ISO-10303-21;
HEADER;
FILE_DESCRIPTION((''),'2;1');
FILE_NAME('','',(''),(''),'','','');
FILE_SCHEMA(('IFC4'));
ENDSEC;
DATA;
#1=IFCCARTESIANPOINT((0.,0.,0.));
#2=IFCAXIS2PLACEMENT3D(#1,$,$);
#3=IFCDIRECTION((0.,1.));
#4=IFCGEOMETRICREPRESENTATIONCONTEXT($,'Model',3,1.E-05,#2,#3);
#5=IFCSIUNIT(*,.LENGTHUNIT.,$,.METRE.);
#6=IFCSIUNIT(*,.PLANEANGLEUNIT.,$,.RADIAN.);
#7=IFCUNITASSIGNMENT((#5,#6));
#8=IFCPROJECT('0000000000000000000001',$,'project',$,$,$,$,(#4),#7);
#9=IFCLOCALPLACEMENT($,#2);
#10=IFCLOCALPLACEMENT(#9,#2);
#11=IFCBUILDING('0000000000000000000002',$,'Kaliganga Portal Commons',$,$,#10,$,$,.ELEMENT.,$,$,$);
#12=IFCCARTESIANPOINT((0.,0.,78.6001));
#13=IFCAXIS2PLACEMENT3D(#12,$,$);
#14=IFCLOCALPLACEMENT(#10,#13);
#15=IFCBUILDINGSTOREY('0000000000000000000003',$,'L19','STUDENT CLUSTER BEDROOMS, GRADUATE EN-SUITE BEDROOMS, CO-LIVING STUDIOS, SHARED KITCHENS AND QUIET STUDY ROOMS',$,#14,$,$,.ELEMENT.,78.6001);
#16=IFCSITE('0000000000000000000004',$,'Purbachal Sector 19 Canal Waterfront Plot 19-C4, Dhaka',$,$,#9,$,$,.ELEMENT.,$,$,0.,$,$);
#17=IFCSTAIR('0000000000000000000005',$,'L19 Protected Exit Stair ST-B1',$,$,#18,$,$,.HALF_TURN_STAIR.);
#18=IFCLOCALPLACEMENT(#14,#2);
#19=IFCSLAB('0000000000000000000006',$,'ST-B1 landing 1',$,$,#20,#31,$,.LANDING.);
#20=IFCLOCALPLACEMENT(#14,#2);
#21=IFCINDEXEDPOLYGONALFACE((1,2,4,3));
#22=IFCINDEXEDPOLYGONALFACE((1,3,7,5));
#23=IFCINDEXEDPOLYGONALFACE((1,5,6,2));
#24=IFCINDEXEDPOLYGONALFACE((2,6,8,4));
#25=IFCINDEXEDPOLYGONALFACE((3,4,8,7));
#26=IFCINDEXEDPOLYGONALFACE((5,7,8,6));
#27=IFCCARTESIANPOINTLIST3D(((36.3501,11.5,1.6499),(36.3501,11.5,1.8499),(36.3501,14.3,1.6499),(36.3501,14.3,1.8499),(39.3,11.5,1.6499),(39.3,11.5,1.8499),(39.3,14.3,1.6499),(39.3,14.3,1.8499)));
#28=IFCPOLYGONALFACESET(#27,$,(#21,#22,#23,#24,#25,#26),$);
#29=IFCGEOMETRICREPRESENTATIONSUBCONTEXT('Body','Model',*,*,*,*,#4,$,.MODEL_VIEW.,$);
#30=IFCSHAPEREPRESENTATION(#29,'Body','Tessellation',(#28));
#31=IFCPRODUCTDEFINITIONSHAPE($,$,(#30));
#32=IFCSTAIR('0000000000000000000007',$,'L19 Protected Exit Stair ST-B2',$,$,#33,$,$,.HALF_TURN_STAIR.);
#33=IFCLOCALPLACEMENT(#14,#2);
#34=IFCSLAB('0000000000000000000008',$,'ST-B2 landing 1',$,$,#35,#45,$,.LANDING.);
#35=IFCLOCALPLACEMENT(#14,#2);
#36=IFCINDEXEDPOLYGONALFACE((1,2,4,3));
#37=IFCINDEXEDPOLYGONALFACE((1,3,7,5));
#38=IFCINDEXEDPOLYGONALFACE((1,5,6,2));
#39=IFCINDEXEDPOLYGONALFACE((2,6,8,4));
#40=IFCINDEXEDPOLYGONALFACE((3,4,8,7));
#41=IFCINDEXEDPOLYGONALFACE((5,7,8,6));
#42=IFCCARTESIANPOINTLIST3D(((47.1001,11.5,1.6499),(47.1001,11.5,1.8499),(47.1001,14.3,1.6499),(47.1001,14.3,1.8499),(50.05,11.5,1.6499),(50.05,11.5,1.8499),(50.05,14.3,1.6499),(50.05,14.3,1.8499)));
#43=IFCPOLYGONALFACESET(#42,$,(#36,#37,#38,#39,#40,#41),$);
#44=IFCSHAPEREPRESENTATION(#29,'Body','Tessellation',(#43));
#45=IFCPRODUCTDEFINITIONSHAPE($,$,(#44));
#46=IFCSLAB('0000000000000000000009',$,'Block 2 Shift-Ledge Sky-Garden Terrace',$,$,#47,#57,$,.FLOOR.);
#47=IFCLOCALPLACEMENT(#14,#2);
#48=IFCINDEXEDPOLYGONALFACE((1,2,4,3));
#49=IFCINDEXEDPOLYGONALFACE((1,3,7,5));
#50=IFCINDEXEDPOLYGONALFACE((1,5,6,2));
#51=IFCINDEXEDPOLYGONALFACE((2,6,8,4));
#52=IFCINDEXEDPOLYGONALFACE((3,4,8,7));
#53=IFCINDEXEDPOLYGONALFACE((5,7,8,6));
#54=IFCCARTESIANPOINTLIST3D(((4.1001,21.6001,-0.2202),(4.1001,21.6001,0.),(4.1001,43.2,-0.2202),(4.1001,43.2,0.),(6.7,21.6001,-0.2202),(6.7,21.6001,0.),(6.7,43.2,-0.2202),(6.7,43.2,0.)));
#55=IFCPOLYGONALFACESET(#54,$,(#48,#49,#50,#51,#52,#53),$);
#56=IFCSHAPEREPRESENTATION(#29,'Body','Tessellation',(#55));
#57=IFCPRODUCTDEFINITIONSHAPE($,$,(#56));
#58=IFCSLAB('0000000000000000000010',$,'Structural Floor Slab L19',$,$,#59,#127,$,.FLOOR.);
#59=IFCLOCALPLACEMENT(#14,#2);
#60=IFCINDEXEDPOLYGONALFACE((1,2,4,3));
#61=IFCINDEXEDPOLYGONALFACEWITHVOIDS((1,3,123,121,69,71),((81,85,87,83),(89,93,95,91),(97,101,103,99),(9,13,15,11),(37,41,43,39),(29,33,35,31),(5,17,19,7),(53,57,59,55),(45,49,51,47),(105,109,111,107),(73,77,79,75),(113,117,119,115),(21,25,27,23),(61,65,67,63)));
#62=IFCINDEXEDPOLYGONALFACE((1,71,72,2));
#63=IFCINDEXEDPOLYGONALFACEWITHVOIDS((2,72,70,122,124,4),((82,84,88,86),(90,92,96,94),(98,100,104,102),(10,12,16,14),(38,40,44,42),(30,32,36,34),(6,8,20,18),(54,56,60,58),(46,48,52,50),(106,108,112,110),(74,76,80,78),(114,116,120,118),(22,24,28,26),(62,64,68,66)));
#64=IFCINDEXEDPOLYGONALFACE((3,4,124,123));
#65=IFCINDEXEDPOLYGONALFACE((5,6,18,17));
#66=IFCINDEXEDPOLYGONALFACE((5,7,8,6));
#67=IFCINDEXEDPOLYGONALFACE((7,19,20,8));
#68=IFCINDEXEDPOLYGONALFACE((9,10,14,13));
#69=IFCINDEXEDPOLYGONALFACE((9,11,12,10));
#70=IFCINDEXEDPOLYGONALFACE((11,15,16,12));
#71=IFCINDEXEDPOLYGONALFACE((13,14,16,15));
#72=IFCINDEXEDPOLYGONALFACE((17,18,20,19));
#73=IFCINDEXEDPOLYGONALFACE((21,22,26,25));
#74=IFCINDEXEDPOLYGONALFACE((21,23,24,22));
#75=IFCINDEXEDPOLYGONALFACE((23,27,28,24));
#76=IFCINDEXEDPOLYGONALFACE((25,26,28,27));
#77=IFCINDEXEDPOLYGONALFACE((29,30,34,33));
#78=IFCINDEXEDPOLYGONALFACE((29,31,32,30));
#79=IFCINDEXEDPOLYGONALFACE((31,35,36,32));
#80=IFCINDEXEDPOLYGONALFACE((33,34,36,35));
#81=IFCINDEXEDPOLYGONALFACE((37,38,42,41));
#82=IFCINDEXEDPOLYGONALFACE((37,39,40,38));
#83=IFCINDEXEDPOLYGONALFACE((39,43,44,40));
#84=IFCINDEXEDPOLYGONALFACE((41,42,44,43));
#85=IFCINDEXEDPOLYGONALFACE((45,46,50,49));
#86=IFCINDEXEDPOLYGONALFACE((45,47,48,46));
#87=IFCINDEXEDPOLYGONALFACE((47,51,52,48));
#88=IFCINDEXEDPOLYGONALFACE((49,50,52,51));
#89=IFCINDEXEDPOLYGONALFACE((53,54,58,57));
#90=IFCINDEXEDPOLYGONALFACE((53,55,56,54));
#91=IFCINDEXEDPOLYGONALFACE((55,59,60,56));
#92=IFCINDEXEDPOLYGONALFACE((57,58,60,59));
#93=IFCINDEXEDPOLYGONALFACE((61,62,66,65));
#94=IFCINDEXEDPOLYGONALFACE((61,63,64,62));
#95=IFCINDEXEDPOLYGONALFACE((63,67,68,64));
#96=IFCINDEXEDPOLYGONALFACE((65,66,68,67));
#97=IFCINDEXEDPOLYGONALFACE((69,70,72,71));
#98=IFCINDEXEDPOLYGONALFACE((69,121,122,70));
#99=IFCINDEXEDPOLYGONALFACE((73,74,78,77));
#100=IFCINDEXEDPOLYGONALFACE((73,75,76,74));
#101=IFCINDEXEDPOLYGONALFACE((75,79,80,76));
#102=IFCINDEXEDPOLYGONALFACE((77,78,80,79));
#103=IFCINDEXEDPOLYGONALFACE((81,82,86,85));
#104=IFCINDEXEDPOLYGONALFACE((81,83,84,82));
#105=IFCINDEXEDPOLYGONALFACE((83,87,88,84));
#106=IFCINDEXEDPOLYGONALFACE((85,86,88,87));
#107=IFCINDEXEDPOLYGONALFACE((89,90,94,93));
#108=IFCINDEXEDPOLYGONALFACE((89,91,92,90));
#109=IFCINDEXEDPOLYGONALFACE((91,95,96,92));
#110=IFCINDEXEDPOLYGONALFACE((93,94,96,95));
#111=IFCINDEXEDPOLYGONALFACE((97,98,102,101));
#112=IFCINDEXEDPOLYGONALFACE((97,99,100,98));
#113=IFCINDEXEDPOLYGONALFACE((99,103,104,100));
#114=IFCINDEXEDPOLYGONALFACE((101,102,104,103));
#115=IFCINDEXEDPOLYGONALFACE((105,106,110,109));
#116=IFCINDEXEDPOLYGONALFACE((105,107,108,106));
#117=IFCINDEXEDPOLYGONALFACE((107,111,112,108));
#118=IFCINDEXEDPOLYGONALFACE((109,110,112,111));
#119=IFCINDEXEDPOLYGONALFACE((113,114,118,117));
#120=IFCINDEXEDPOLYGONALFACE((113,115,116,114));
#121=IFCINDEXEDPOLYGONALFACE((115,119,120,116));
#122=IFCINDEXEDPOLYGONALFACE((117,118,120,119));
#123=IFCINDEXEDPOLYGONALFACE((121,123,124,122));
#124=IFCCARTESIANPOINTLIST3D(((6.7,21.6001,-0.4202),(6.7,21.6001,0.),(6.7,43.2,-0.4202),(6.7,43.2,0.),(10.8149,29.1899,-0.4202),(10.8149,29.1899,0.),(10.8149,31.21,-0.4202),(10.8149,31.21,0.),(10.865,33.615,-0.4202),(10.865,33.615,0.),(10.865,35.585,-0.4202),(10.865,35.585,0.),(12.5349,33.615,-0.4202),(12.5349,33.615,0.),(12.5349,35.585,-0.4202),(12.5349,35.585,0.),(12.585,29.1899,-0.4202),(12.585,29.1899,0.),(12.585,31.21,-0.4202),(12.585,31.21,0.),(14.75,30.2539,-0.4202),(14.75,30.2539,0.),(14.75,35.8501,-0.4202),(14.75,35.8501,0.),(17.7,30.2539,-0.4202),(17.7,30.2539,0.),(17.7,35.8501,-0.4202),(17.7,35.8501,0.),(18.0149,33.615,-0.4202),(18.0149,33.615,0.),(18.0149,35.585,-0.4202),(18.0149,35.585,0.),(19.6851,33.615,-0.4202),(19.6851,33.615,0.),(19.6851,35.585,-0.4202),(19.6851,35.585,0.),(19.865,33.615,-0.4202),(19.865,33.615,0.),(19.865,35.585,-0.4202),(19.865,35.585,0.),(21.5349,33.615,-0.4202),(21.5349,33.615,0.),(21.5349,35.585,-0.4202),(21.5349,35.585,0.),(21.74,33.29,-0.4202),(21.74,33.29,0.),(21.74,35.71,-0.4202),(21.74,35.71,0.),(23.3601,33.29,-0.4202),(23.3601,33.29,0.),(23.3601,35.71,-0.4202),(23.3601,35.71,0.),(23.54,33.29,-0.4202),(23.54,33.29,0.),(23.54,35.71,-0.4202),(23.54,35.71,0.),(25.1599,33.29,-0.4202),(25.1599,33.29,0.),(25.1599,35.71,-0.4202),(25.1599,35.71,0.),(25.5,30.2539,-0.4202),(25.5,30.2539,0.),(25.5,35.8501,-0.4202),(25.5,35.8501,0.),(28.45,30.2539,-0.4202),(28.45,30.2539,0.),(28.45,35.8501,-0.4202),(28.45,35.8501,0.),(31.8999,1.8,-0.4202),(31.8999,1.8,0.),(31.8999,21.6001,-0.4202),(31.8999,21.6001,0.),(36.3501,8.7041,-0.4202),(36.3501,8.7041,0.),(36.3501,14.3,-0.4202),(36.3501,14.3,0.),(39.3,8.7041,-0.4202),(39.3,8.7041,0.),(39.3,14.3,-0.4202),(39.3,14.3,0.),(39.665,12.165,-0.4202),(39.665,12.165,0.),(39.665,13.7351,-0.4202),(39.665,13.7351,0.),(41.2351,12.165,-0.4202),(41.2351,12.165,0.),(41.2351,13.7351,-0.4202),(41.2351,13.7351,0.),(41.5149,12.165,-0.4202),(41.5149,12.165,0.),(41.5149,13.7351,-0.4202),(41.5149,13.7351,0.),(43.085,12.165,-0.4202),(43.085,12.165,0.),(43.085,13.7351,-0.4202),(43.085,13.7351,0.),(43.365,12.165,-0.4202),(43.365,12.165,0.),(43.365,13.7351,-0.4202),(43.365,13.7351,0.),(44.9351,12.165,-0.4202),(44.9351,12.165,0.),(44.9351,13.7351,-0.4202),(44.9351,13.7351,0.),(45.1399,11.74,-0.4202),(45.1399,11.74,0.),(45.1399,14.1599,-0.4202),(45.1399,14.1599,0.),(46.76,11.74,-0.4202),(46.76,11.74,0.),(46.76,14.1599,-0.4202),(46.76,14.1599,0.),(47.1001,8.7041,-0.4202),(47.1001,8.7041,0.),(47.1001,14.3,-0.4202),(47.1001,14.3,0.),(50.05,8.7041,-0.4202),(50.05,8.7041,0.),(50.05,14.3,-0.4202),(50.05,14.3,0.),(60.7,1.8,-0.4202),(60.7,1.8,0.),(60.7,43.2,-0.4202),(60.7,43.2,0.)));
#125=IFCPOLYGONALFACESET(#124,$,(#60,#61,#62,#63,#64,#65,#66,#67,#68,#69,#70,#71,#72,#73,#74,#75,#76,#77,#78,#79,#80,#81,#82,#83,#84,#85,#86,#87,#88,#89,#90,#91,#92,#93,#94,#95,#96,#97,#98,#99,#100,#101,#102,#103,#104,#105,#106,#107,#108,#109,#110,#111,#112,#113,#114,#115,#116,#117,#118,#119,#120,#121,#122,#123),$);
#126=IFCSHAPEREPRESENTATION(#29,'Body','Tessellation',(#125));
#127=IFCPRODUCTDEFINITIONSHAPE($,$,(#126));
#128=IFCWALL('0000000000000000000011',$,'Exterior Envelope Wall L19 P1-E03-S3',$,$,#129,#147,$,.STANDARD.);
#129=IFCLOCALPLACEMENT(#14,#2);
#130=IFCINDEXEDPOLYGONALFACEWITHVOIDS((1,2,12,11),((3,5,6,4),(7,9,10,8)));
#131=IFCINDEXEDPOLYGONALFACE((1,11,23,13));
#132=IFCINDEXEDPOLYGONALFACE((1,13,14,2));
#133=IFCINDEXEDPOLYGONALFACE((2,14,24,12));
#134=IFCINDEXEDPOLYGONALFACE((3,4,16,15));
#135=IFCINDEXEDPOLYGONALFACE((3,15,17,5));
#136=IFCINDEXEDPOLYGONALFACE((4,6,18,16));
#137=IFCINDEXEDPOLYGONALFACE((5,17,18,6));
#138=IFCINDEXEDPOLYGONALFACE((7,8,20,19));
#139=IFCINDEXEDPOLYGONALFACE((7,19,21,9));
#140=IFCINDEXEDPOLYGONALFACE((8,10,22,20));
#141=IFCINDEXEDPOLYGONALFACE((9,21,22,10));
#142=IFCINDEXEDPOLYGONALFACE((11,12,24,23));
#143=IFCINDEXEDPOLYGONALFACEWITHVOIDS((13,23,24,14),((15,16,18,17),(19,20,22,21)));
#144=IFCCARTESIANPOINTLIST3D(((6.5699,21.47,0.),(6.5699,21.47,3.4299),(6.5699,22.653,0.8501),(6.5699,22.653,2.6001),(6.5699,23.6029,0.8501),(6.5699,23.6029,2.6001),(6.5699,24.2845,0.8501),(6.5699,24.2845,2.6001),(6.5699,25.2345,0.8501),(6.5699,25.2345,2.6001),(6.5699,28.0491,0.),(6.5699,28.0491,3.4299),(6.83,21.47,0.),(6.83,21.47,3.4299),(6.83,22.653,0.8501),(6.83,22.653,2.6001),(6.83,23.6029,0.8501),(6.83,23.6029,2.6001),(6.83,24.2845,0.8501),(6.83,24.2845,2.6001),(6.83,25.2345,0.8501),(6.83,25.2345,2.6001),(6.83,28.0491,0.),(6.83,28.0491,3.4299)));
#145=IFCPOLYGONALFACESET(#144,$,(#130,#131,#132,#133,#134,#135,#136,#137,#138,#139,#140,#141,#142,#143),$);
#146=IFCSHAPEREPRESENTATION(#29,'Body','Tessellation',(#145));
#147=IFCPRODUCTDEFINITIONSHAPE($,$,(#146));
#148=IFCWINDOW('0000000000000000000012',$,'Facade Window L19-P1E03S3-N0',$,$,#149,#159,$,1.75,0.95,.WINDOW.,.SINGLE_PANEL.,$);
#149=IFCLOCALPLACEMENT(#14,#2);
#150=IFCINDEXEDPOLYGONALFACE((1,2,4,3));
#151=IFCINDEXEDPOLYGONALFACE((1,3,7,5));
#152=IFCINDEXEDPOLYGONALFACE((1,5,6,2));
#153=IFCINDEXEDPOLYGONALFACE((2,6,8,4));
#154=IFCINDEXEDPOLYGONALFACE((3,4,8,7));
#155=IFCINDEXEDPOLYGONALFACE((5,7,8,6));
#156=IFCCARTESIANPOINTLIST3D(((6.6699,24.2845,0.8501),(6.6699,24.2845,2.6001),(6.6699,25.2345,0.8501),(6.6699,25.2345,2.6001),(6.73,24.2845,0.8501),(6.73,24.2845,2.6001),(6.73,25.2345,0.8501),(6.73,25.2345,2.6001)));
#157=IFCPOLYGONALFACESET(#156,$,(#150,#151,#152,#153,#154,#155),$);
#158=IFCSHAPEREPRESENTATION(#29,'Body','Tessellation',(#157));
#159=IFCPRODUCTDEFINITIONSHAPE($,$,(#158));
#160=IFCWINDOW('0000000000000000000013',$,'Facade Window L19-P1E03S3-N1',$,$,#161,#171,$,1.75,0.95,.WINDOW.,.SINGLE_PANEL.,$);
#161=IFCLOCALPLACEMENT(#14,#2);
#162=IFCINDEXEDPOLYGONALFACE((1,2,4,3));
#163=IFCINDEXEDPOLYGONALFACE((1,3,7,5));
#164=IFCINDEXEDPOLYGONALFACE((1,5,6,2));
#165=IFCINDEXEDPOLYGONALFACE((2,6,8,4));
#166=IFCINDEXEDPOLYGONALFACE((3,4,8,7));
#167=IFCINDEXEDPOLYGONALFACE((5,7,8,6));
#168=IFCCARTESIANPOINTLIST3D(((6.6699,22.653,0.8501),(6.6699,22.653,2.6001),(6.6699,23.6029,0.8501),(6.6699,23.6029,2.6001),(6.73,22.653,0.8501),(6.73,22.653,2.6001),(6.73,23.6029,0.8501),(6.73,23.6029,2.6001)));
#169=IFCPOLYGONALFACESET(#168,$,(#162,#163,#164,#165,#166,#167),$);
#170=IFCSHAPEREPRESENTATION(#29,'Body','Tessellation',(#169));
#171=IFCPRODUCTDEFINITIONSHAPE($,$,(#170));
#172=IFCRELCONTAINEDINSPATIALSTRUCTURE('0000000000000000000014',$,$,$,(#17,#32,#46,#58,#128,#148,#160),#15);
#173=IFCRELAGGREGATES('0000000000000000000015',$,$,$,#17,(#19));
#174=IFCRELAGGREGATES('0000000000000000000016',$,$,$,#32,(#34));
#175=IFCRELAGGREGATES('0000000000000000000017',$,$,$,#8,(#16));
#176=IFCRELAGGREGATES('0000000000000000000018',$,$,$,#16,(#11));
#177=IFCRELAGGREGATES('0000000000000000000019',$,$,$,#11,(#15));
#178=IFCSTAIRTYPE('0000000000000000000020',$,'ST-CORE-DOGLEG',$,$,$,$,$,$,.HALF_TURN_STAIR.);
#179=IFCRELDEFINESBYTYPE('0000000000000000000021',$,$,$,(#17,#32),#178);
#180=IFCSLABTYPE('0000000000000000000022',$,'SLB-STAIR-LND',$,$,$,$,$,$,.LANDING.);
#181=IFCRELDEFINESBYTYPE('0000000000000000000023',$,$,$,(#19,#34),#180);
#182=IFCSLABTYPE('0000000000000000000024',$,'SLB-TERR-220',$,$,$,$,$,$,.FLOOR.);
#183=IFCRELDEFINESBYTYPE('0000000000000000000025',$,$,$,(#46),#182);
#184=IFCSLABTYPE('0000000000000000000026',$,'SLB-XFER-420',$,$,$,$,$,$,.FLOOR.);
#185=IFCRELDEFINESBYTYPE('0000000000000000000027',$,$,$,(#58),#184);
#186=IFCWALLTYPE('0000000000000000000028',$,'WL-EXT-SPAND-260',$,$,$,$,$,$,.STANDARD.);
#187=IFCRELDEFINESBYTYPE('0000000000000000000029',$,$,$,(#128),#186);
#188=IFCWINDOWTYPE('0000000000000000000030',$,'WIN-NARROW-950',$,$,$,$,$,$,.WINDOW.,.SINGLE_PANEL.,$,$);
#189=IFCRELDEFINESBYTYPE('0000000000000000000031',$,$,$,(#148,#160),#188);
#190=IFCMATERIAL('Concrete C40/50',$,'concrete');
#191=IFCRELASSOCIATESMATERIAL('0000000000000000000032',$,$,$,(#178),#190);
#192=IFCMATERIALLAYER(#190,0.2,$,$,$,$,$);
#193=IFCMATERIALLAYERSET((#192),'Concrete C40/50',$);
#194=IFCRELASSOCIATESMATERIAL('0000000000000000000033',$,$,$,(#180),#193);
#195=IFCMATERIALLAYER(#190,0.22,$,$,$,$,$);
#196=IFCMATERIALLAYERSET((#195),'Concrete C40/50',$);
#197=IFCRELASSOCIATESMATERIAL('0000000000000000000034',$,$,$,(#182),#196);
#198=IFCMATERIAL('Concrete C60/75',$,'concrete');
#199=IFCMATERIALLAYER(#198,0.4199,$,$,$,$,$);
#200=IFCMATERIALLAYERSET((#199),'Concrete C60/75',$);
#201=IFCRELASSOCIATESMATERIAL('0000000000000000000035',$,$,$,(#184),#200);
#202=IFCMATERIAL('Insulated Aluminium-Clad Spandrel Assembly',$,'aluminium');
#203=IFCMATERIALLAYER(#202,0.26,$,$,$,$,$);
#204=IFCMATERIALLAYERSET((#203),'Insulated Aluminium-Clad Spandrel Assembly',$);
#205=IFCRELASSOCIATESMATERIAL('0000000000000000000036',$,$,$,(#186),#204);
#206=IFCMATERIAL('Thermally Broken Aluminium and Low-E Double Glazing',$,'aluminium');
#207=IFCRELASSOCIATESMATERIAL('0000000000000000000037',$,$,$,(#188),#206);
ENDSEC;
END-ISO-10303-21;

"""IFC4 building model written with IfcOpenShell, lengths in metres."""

from ifc_helpers import new_model, si_unit, direction, frame, frame_2d, origin, place, context, subcontext, project, spatial, polyline, rectangle, outline, extrude, material, layer, layer_set, type_object, element, fill, aggregate, save


model = new_model("IFC4")

# Units and contexts
model_context = context("Model", 3, precision=1e-05, world=origin(), true_north=direction((0.0, 1.0)))
body_context = subcontext(model_context, "Body", "Model", "MODEL_VIEW")
ifc_project = project(units=[si_unit("LENGTHUNIT", "METRE"), si_unit("PLANEANGLEUNIT", "RADIAN")], contexts=[model_context])

# Site, building, storey
site_placement = place(None, origin())
site = spatial("IfcSite", under=ifc_project, at=site_placement, Name="Purbachal Sector 19 Canal Waterfront Plot 19-C4, Dhaka", CompositionType="ELEMENT", RefElevation=0.0)
building_placement = place(site_placement, origin())
building = spatial("IfcBuilding", under=site, at=building_placement, Name="Kaliganga Portal Commons", CompositionType="ELEMENT")
storey_placement = place(building_placement, frame((0.0, 0.0, 78.6001)))
storey = spatial("IfcBuildingStorey", under=building, at=storey_placement, Name="L19", Description="STUDENT CLUSTER BEDROOMS, GRADUATE EN-SUITE BEDROOMS, CO-LIVING STUDIOS, SHARED KITCHENS AND QUIET STUDY ROOMS", CompositionType="ELEMENT", Elevation=78.6001)

# Shared definitions
ifc_material_1 = material(Name="Concrete C60/75", Category="concrete")

# Shared definitions
ifc_material_2 = material(Name="Concrete C40/50", Category="concrete")

# Stairs, slabs
stair_type = type_object("IfcStairType", Name="ST-CORE-DOGLEG", PredefinedType="HALF_TURN_STAIR", material=ifc_material_2)
ifc_layer_1 = layer(ifc_material_2, 0.2)
ifc_layer_set_1 = layer_set([ifc_layer_1], Name="Concrete C40/50")
slab_type_1 = type_object("IfcSlabType", Name="SLB-STAIR-LND", PredefinedType="LANDING", material=ifc_layer_set_1)
stair_1_placement = place(storey_placement, origin())
stair_1 = element("IfcStair", 1, at=stair_1_placement, inside=storey, type_object=stair_type, Name="L19 Protected Exit Stair ST-B1", PredefinedType="HALF_TURN_STAIR")
slab_1_placement = place(storey_placement, frame((0.0, 0.0, 1.6499)))
slab_1 = element("IfcSlab", 2, at=slab_1_placement, type_object=slab_type_1, Name="ST-B1 landing 1", PredefinedType="LANDING", context=body_context, shape_type="SweptSolid", body=[
    extrude(outline(polyline([(39.3, 11.5), (39.3, 14.3), (36.3501, 14.3), (36.3501, 11.5), (39.3, 11.5)])), origin(), (0.0, 0.0, 1.0), 0.2),
])
aggregate(stair_1, [slab_1])
stair_2_placement = place(storey_placement, origin())
stair_2 = element("IfcStair", 3, at=stair_2_placement, inside=storey, type_object=stair_type, Name="L19 Protected Exit Stair ST-B2", PredefinedType="HALF_TURN_STAIR")
slab_2_placement = place(storey_placement, frame((0.0, 0.0, 1.6499)))
slab_2 = element("IfcSlab", 4, at=slab_2_placement, type_object=slab_type_1, Name="ST-B2 landing 1", PredefinedType="LANDING", context=body_context, shape_type="SweptSolid", body=[
    extrude(outline(polyline([(50.05, 11.5), (50.05, 14.3), (47.1001, 14.3), (47.1001, 11.5), (50.05, 11.5)])), origin(), (0.0, 0.0, 1.0), 0.2),
])
aggregate(stair_2, [slab_2])

# Slabs
ifc_layer_2 = layer(ifc_material_2, 0.22)
ifc_layer_set_2 = layer_set([ifc_layer_2], Name="Concrete C40/50")
slab_type_2 = type_object("IfcSlabType", Name="SLB-TERR-220", PredefinedType="FLOOR", material=ifc_layer_set_2)
slab_3_placement = place(storey_placement, frame((0.0, 0.0, -0.2202)))
element("IfcSlab", 5, at=slab_3_placement, inside=storey, type_object=slab_type_2, Name="Block 2 Shift-Ledge Sky-Garden Terrace", PredefinedType="FLOOR", context=body_context, shape_type="SweptSolid", body=[
    extrude(outline(polyline([(4.1001, 21.6001), (6.7, 21.6001), (6.7, 43.2), (4.1001, 43.2), (4.1001, 21.6001)])), origin(), (0.0, 0.0, 1.0), 0.2202),
])
ifc_layer_3 = layer(ifc_material_1, 0.4199)
ifc_layer_set_3 = layer_set([ifc_layer_3], Name="Concrete C60/75")
slab_type_3 = type_object("IfcSlabType", Name="SLB-XFER-420", PredefinedType="FLOOR", material=ifc_layer_set_3)
slab_4_placement = place(storey_placement, frame((0.0, 0.0, -0.4202)))
element("IfcSlab", 6, at=slab_4_placement, inside=storey, type_object=slab_type_3, Name="Structural Floor Slab L19", PredefinedType="FLOOR", context=body_context, shape_type="SweptSolid", body=[
    extrude(outline(polyline([(31.8999, 1.8), (60.7, 1.8), (60.7, 43.2), (6.7, 43.2), (6.7, 21.6001), (31.8999, 21.6001), (31.8999, 1.8)]), holes=[polyline([(14.75, 30.2539), (14.75, 35.8501), (17.7, 35.8501), (17.7, 30.2539), (14.75, 30.2539)]), polyline([(25.5, 30.2539), (25.5, 35.8501), (28.45, 35.8501), (28.45, 30.2539), (25.5, 30.2539)]), polyline([(36.3501, 8.7041), (36.3501, 14.3), (39.3, 14.3), (39.3, 8.7041), (36.3501, 8.7041)]), polyline([(47.1001, 8.7041), (47.1001, 14.3), (50.05, 14.3), (50.05, 8.7041), (47.1001, 8.7041)]), polyline([(18.0149, 33.615), (18.0149, 35.585), (19.6851, 35.585), (19.6851, 33.615), (18.0149, 33.615)]), polyline([(19.865, 33.615), (19.865, 35.585), (21.5349, 35.585), (21.5349, 33.615), (19.865, 33.615)]), polyline([(10.8149, 29.1899), (10.8149, 31.21), (12.585, 31.21), (12.585, 29.1899), (10.8149, 29.1899)]), polyline([(10.865, 33.615), (10.865, 35.585), (12.5349, 35.585), (12.5349, 33.615), (10.865, 33.615)]), polyline([(21.74, 33.29), (21.74, 35.71), (23.3601, 35.71), (23.3601, 33.29), (21.74, 33.29)]), polyline([(23.54, 33.29), (23.54, 35.71), (25.1599, 35.71), (25.1599, 33.29), (23.54, 33.29)]), polyline([(39.665, 12.165), (39.665, 13.7351), (41.2351, 13.7351), (41.2351, 12.165), (39.665, 12.165)]), polyline([(41.5149, 12.165), (41.5149, 13.7351), (43.085, 13.7351), (43.085, 12.165), (41.5149, 12.165)]), polyline([(43.365, 12.165), (43.365, 13.7351), (44.9351, 13.7351), (44.9351, 12.165), (43.365, 12.165)]), polyline([(45.1399, 11.74), (45.1399, 14.1599), (46.76, 14.1599), (46.76, 11.74), (45.1399, 11.74)])]), origin(), (0.0, 0.0, 1.0), 0.4202),
])

# Wall, openings, windows
ifc_material_3 = material(Name="Insulated Aluminium-Clad Spandrel Assembly", Category="aluminium")
ifc_layer_4 = layer(ifc_material_3, 0.26)
ifc_layer_set_4 = layer_set([ifc_layer_4], Name="Insulated Aluminium-Clad Spandrel Assembly")
wall_type = type_object("IfcWallType", Name="WL-EXT-SPAND-260", PredefinedType="STANDARD", material=ifc_layer_set_4)
wall_1_placement = place(storey_placement, frame((6.7, 21.47, 0.0), z_axis=(0.0, 0.0, 1.0), x_axis=(0.0, 1.0, 0.0)))
wall_1 = element("IfcWall", 7, at=wall_1_placement, inside=storey, type_object=wall_type, Name="Exterior Envelope Wall L19 P1-E03-S3", PredefinedType="STANDARD", context=body_context, shape_type="SweptSolid", body=[
    extrude(rectangle(XDim=6.5791, YDim=0.26, at=frame_2d((3.2896, 0.0))), origin(), (0.0, 0.0, 1.0), 3.4299),
])
opening_1_placement = place(wall_1_placement, frame((2.8145, 0.0, 0.8501)))
opening_1 = element("IfcOpeningElement", 8, at=opening_1_placement, cuts=wall_1, PredefinedType="OPENING", context=body_context, shape_type="SweptSolid", body=[
    extrude(rectangle(XDim=0.95, YDim=1.75, at=frame_2d((0.4751, 0.875))), frame((0.0, 0.1401, 0.0), z_axis=(0.0, -1.0, 0.0), x_axis=(1.0, 0.0, 0.0)), (0.0, 0.0, 1.0), 0.28),
])
opening_2_placement = place(wall_1_placement, frame((1.1829, 0.0, 0.8501)))
opening_2 = element("IfcOpeningElement", 9, at=opening_2_placement, cuts=wall_1, PredefinedType="OPENING", context=body_context, shape_type="SweptSolid", body=[
    extrude(rectangle(XDim=0.95, YDim=1.75, at=frame_2d((0.4751, 0.875))), frame((0.0, 0.1401, 0.0), z_axis=(0.0, -1.0, 0.0), x_axis=(1.0, 0.0, 0.0)), (0.0, 0.0, 1.0), 0.28),
])
ifc_material_4 = material(Name="Thermally Broken Aluminium and Low-E Double Glazing", Category="aluminium")
window_type_1 = type_object("IfcWindowType", Name="WIN-NARROW-950", PartitioningType="SINGLE_PANEL", PredefinedType="WINDOW", material=ifc_material_4)
window_1_placement = place(opening_1_placement, origin())
window_1 = element("IfcWindow", 10, at=window_1_placement, inside=storey, type_object=window_type_1, Name="Facade Window L19-P1E03S3-N0", OverallHeight=1.75, OverallWidth=0.95, PartitioningType="SINGLE_PANEL", PredefinedType="WINDOW", context=body_context, shape_type="SweptSolid", body=[
    extrude(rectangle(XDim=0.95, YDim=1.75, at=frame_2d((0.4751, 0.875))), frame((0.0, 0.03, 0.0), z_axis=(0.0, -1.0, 0.0), x_axis=(1.0, 0.0, 0.0)), (0.0, 0.0, 1.0), 0.0601),
])
fill(opening_1, window_1)
window_2_placement = place(opening_2_placement, origin())
window_2 = element("IfcWindow", 11, at=window_2_placement, inside=storey, type_object=window_type_1, Name="Facade Window L19-P1E03S3-N1", OverallHeight=1.75, OverallWidth=0.95, PartitioningType="SINGLE_PANEL", PredefinedType="WINDOW", context=body_context, shape_type="SweptSolid", body=[
    extrude(rectangle(XDim=0.95, YDim=1.75, at=frame_2d((0.4751, 0.875))), frame((0.0, 0.03, 0.0), z_axis=(0.0, -1.0, 0.0), x_axis=(1.0, 0.0, 0.0)), (0.0, 0.0, 1.0), 0.0601),
])
fill(opening_2, window_2)

save(model, "model.ifc")
